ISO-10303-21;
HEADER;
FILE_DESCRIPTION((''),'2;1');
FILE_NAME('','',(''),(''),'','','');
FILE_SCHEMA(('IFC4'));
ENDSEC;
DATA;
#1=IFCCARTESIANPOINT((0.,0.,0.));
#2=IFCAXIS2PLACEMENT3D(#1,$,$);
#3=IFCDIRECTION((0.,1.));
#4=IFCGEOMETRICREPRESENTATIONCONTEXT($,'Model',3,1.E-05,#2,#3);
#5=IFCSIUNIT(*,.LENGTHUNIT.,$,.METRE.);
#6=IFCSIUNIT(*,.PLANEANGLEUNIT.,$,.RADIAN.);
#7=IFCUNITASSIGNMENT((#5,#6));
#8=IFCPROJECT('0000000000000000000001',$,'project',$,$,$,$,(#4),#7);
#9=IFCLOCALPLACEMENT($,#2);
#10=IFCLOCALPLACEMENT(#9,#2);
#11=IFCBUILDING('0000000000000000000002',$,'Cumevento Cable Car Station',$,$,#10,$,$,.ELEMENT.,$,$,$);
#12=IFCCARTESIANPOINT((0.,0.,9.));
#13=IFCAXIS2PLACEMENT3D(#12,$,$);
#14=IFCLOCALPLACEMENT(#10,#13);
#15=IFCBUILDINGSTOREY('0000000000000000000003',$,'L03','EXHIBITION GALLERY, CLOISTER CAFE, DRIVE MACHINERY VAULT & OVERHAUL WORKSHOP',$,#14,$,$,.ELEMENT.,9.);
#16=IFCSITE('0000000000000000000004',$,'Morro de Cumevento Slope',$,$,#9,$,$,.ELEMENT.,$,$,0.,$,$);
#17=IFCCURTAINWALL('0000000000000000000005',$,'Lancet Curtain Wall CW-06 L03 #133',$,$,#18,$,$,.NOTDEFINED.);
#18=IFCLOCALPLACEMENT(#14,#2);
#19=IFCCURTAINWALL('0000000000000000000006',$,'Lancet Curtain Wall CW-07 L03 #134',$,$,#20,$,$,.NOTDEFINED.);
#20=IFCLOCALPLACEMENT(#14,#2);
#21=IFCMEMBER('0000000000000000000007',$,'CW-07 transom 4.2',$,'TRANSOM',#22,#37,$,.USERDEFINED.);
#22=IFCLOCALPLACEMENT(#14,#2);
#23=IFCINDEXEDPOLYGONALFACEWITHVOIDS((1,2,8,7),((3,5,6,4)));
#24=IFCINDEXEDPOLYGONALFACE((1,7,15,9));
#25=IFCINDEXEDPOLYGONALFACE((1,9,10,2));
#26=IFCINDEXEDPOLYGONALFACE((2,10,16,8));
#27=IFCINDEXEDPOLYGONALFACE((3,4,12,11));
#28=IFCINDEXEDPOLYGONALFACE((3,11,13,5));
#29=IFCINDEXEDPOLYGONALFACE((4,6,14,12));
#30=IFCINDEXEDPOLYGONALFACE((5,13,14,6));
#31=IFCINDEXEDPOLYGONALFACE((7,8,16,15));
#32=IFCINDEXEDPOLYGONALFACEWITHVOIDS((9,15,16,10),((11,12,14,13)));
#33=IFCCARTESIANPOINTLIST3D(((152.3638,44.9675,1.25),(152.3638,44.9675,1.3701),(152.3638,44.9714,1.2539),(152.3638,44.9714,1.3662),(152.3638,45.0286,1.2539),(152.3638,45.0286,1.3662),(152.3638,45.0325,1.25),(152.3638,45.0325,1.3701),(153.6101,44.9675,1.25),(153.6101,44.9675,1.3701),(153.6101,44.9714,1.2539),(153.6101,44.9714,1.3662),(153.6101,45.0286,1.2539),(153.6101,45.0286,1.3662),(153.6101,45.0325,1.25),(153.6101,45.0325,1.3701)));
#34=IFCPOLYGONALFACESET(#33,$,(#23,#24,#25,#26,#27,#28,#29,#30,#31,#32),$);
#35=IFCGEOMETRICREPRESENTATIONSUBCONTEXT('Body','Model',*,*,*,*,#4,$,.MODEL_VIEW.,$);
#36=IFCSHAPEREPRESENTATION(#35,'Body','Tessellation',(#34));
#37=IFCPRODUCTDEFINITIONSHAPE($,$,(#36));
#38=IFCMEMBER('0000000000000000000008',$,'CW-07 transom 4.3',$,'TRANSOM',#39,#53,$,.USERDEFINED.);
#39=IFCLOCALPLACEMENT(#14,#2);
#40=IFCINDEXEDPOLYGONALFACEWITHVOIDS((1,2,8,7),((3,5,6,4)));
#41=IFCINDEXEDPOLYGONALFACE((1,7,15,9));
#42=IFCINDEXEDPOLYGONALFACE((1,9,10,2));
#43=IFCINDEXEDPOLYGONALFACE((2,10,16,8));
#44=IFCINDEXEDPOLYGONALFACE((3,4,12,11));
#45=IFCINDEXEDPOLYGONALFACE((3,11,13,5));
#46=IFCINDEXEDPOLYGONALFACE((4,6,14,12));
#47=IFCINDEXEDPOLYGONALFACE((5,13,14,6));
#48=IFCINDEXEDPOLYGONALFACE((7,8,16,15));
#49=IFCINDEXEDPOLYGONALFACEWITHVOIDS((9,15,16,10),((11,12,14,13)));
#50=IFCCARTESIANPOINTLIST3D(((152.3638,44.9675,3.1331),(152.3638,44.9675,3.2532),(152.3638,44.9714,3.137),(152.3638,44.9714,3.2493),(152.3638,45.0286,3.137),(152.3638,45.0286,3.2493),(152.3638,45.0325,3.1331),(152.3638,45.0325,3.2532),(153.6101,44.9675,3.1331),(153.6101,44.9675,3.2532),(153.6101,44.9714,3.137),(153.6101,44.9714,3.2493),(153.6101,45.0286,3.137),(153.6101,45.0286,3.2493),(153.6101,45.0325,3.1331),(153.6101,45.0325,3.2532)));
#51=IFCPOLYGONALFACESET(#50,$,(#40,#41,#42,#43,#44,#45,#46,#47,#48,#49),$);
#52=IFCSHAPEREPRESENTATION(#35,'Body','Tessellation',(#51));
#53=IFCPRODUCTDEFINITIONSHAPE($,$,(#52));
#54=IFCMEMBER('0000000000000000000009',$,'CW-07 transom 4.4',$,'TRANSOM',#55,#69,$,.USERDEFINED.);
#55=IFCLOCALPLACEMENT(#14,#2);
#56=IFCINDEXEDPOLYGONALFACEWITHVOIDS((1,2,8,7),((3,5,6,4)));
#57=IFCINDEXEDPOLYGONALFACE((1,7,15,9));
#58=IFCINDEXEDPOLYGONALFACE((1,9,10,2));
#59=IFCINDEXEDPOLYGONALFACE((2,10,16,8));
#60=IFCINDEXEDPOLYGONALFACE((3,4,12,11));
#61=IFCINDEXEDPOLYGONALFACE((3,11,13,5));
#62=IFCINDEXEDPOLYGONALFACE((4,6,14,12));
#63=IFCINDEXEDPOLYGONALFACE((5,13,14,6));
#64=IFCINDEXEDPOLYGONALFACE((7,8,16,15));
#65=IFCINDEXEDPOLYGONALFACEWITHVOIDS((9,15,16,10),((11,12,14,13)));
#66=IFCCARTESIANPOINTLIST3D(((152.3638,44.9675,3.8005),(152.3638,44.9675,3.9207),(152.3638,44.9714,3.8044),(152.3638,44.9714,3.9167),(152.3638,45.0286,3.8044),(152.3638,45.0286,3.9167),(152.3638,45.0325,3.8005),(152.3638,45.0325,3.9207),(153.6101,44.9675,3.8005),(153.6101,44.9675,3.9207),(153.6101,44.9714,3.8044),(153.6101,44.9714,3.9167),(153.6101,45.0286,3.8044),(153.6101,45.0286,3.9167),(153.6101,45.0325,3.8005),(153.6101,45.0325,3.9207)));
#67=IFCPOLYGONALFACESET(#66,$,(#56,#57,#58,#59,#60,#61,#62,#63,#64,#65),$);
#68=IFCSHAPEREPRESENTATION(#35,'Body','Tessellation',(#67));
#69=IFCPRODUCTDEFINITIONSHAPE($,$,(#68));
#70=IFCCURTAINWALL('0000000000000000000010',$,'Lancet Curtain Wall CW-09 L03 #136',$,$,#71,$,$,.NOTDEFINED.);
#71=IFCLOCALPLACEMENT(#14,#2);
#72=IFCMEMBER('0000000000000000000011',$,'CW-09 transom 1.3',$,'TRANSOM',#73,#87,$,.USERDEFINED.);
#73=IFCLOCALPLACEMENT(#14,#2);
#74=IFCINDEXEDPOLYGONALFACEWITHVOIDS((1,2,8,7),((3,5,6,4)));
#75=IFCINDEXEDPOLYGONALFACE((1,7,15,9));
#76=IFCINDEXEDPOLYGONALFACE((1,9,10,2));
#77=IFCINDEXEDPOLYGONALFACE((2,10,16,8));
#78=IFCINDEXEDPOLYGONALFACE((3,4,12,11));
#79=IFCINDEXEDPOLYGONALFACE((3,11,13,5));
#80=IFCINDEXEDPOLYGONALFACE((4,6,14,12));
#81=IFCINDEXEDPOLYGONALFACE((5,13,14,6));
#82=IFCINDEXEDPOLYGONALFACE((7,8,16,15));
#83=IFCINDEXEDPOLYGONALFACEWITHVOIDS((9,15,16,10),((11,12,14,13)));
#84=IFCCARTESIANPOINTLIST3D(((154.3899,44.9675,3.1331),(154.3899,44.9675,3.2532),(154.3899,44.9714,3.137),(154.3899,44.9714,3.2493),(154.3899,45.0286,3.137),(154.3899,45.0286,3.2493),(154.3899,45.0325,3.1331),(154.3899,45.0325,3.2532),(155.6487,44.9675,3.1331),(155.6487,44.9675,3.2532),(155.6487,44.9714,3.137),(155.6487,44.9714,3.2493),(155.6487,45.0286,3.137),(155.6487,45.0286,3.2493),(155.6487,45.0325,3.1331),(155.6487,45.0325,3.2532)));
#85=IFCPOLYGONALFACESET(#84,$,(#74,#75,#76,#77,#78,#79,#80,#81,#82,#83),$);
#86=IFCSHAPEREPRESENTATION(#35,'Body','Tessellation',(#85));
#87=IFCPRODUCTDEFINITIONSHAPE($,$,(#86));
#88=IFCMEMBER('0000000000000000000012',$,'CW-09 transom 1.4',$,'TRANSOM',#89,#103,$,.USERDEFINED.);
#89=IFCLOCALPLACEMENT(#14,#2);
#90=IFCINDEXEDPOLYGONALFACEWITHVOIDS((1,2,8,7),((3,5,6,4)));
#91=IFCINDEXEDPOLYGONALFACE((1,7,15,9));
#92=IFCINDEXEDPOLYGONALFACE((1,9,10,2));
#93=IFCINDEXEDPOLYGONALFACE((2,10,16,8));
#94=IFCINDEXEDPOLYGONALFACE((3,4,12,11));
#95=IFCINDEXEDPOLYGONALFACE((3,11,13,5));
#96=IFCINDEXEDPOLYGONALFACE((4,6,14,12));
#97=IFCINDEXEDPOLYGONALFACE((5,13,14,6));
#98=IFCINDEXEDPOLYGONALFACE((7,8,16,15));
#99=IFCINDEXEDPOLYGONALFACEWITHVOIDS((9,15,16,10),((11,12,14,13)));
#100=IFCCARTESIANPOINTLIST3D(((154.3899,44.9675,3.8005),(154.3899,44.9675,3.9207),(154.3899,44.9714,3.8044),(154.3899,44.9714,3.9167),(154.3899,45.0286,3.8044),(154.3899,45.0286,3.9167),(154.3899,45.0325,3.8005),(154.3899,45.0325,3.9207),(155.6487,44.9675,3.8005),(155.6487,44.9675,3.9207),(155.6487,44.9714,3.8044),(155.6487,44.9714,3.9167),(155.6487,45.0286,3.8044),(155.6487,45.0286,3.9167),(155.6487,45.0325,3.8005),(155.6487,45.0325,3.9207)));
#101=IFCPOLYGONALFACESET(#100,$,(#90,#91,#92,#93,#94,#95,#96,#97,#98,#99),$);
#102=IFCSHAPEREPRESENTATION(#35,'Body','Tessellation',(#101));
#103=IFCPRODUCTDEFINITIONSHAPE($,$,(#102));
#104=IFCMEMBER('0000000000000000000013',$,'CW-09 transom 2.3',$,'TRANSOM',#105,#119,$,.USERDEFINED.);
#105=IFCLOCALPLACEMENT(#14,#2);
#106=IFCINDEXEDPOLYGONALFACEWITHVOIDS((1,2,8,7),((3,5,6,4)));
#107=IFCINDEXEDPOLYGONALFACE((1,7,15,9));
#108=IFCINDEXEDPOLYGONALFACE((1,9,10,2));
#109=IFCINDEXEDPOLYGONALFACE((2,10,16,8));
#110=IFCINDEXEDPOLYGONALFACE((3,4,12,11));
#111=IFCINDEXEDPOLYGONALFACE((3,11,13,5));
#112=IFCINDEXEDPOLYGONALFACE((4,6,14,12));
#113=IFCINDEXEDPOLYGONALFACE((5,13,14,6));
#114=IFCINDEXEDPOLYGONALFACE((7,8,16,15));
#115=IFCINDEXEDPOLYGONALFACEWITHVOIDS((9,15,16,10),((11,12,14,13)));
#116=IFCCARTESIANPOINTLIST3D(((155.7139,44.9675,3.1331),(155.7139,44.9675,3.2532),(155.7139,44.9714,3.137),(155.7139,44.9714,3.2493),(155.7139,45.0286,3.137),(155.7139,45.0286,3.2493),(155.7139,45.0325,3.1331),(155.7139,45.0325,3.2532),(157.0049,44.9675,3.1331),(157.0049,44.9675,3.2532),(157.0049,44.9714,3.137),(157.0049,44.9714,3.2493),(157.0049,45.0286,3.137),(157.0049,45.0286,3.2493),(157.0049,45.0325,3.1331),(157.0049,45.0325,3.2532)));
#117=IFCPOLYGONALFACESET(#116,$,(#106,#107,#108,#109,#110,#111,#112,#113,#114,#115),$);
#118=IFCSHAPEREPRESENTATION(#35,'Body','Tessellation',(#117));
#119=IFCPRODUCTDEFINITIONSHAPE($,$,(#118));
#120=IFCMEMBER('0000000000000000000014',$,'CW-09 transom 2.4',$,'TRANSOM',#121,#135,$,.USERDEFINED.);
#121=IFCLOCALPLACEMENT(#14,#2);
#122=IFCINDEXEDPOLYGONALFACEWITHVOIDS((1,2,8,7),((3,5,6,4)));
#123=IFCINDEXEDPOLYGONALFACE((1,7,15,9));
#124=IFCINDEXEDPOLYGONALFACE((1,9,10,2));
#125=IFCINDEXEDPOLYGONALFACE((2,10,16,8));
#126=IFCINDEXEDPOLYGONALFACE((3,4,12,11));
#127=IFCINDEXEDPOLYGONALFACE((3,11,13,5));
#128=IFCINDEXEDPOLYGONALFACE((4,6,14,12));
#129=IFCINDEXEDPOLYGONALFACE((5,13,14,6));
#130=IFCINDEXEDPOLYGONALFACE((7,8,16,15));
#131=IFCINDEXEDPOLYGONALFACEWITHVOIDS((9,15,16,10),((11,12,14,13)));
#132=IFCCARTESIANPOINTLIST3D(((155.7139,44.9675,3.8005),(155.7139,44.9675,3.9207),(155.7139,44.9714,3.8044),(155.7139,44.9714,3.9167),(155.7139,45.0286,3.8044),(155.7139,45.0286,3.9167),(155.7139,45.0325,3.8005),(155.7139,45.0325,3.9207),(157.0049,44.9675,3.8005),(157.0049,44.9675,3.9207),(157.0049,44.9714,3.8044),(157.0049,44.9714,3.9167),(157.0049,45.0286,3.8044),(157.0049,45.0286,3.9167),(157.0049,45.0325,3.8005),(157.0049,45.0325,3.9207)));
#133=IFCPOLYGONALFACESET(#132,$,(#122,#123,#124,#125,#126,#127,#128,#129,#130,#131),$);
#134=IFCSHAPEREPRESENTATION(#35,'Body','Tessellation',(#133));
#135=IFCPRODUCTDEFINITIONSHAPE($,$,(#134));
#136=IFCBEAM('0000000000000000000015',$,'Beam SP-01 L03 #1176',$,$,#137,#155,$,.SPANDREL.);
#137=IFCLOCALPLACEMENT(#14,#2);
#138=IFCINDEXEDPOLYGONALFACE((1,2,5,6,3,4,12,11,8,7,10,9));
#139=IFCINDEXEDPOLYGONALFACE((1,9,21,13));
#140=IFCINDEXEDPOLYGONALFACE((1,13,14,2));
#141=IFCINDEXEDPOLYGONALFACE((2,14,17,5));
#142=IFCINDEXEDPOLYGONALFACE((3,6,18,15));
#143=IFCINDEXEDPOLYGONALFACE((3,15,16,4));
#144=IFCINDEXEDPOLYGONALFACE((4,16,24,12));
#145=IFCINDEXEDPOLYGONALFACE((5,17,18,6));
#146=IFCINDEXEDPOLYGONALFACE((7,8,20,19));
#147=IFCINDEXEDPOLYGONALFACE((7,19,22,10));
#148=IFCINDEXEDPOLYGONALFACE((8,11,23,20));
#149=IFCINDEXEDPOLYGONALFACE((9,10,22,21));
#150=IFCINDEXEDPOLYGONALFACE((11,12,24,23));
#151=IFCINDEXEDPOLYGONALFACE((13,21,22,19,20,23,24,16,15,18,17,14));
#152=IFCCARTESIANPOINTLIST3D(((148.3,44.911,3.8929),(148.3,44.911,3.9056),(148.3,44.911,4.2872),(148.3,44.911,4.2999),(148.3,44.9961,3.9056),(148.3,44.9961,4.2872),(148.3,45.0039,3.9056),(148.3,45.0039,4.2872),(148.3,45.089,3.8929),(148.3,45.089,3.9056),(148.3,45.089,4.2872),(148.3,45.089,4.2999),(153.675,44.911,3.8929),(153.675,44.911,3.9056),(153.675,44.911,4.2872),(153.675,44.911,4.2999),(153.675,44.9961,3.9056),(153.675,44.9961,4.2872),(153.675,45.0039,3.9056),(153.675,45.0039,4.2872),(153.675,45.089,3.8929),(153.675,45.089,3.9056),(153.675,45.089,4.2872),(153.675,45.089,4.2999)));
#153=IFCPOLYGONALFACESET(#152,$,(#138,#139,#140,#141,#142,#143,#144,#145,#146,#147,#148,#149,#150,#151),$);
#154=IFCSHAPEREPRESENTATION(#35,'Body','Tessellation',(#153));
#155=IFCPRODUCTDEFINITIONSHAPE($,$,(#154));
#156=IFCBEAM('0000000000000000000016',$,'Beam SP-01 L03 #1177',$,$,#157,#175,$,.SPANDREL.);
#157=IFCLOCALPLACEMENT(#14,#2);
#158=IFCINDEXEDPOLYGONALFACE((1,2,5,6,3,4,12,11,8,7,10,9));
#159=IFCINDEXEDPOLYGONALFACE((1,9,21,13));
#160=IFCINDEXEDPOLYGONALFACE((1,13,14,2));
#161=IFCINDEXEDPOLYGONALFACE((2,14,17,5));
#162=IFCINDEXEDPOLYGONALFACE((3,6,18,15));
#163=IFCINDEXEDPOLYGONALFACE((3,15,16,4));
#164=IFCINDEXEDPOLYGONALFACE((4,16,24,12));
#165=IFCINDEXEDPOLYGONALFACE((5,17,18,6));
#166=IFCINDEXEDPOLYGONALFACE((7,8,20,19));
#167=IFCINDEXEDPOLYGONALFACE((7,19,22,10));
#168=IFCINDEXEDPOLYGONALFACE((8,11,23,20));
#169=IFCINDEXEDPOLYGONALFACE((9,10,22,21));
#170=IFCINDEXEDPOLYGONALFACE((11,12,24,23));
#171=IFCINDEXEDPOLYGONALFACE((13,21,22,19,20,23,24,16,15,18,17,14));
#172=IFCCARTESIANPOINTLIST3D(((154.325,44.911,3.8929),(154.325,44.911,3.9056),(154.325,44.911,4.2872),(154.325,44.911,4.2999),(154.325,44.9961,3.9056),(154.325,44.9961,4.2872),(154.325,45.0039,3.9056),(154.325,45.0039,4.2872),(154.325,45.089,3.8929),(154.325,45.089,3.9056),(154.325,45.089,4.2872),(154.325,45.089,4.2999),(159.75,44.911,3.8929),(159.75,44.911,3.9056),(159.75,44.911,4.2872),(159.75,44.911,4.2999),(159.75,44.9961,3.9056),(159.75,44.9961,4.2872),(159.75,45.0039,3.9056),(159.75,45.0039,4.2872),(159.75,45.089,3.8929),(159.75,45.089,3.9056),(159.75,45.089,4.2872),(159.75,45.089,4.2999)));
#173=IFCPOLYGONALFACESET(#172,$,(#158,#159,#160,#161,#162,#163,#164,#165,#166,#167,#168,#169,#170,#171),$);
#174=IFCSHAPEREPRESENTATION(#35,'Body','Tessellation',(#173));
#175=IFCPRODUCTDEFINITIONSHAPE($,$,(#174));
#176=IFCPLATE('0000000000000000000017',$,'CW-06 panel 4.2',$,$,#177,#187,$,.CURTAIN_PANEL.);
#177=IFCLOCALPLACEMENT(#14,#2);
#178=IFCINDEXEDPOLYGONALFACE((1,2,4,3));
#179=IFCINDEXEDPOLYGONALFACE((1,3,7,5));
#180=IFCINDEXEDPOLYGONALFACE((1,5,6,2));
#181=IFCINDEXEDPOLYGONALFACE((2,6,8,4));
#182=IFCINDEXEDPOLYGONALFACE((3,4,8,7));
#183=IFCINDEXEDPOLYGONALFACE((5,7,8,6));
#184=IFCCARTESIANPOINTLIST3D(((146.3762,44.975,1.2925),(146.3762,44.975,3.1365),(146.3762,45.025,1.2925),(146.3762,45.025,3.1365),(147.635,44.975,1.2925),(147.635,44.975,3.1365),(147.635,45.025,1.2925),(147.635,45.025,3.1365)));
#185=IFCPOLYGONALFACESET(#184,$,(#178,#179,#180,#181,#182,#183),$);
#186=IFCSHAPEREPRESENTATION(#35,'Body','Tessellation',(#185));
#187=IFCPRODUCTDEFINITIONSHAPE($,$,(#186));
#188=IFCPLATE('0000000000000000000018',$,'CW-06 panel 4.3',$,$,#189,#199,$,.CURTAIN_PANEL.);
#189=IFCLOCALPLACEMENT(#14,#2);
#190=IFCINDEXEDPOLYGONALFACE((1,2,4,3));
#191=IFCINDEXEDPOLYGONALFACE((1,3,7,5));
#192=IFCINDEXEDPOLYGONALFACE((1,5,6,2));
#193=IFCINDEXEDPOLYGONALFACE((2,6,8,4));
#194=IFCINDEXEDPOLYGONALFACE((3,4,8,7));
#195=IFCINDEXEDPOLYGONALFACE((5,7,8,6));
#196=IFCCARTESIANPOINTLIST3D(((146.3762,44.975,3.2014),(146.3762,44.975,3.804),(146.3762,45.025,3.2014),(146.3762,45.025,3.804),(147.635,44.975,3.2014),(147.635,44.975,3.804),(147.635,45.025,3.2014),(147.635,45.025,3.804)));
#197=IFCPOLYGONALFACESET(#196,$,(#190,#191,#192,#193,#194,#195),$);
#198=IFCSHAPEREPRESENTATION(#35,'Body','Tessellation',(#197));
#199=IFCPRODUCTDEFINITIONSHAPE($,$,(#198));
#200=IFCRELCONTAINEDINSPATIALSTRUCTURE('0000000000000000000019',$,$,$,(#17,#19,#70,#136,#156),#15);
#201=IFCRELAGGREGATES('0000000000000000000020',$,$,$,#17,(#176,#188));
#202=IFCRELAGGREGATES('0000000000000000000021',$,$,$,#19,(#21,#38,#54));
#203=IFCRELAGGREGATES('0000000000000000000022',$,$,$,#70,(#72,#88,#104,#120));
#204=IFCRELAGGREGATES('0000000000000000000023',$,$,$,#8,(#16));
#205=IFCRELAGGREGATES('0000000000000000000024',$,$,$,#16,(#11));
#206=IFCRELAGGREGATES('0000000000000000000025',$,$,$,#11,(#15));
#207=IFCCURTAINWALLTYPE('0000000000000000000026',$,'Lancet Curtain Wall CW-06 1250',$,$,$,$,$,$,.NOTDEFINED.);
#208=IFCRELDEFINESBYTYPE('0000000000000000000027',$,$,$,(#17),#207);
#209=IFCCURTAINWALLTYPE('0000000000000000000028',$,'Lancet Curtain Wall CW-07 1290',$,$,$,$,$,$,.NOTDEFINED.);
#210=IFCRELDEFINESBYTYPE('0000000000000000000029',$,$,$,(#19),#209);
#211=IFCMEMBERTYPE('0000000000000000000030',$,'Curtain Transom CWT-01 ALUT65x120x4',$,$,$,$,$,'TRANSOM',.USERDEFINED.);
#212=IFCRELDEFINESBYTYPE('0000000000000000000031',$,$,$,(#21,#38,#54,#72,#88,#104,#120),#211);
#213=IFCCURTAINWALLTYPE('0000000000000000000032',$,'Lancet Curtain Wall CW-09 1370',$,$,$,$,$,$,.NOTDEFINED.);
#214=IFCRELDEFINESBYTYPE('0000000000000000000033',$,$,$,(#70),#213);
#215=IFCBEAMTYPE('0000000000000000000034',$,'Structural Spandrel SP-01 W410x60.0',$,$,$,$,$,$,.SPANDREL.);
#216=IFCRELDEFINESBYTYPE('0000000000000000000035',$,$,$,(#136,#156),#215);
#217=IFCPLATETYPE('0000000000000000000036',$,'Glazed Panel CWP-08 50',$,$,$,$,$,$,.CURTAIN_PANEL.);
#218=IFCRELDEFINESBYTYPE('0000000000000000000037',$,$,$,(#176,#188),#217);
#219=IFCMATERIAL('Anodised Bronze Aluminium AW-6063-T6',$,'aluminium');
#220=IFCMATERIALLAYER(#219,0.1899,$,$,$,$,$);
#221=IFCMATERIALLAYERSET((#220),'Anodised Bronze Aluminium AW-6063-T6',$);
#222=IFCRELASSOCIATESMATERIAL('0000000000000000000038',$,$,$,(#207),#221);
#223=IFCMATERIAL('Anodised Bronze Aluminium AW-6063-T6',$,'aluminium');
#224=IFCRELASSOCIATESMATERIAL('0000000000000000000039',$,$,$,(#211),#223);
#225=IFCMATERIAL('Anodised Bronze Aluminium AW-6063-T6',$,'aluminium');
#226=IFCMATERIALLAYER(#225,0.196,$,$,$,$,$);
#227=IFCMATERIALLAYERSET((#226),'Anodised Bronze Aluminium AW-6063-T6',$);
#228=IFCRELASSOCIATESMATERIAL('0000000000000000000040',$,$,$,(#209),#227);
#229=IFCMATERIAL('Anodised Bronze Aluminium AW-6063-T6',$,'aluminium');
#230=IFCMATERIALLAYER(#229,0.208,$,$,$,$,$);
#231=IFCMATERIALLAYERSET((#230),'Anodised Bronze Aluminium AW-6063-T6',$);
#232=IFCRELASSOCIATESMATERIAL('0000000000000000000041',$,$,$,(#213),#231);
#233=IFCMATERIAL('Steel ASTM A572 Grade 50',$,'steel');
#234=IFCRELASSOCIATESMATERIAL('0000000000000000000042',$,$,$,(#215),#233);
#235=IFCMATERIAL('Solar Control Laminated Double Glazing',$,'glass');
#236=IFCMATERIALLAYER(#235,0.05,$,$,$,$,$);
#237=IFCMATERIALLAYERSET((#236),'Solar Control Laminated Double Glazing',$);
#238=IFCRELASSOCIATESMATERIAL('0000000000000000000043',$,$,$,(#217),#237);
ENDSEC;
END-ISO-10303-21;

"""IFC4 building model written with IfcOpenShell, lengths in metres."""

from ifc_helpers import new_model, si_unit, direction, frame, origin, origin_2d, place, context, subcontext, project, spatial, rectangle, hollow_rectangle, i_section, extrude, material, layer, layer_set, material_profile, profile_set, type_object, element, aggregate, save


model = new_model("IFC4")

# Units and contexts
model_context = context("Model", 3, precision=1e-05, world=origin(), true_north=direction((0.0, 1.0)))
body_context = subcontext(model_context, "Body", "Model", "MODEL_VIEW")
ifc_project = project(units=[si_unit("LENGTHUNIT", "METRE"), si_unit("PLANEANGLEUNIT", "RADIAN")], contexts=[model_context])

# Site, building, storey
site_placement = place(None, origin())
site = spatial("IfcSite", under=ifc_project, at=site_placement, Name="Morro de Cumevento Slope", CompositionType="ELEMENT", RefElevation=0.0)
building_placement = place(site_placement, origin())
building = spatial("IfcBuilding", under=site, at=building_placement, Name="Cumevento Cable Car Station", CompositionType="ELEMENT")
storey_placement = place(building_placement, frame((0.0, 0.0, 9.0)))
storey = spatial("IfcBuildingStorey", under=building, at=storey_placement, Name="L03", Description="EXHIBITION GALLERY, CLOISTER CAFE, DRIVE MACHINERY VAULT & OVERHAUL WORKSHOP", CompositionType="ELEMENT", Elevation=9.0)

# Curtain walls, members
ifc_material_1 = material(Name="Anodised Bronze Aluminium AW-6063-T6", Category="aluminium")
ifc_layer_1 = layer(ifc_material_1, 0.1899)
ifc_layer_set_1 = layer_set([ifc_layer_1], Name="Anodised Bronze Aluminium AW-6063-T6")
curtain_wall_type_1 = type_object("IfcCurtainWallType", Name="Lancet Curtain Wall CW-06 1250", PredefinedType="NOTDEFINED", material=ifc_layer_set_1)
curtain_wall_1_placement = place(storey_placement, origin())
curtain_wall_1 = element("IfcCurtainWall", 1, at=curtain_wall_1_placement, inside=storey, type_object=curtain_wall_type_1, Name="Lancet Curtain Wall CW-06 L03 #133", PredefinedType="NOTDEFINED")
ifc_material_2 = material(Name="Anodised Bronze Aluminium AW-6063-T6", Category="aluminium")
ifc_material_profile_1 = material_profile(ifc_material_2, hollow_rectangle(XDim=0.0649, YDim=0.1201, WallThickness=0.0039, at=origin_2d()), Name="ALUT65x120x4")
ifc_profile_set_1 = profile_set([ifc_material_profile_1], Name="Anodised Bronze Aluminium AW-6063-T6")
member_type = type_object("IfcMemberType", Name="Curtain Transom CWT-01 ALUT65x120x4", ElementType="TRANSOM", PredefinedType="USERDEFINED", material=ifc_profile_set_1)
ifc_material_3 = material(Name="Anodised Bronze Aluminium AW-6063-T6", Category="aluminium")
ifc_layer_2 = layer(ifc_material_3, 0.196)
ifc_layer_set_2 = layer_set([ifc_layer_2], Name="Anodised Bronze Aluminium AW-6063-T6")
curtain_wall_type_2 = type_object("IfcCurtainWallType", Name="Lancet Curtain Wall CW-07 1290", PredefinedType="NOTDEFINED", material=ifc_layer_set_2)
curtain_wall_2_placement = place(storey_placement, origin())
curtain_wall_2 = element("IfcCurtainWall", 2, at=curtain_wall_2_placement, inside=storey, type_object=curtain_wall_type_2, Name="Lancet Curtain Wall CW-07 L03 #134", PredefinedType="NOTDEFINED")
member_1_placement = place(storey_placement, frame((152.3638, 45.0, 1.3101), z_axis=(1.0, 0.0, 0.0), x_axis=(0.0, 1.0, 0.0)))
member_1 = element("IfcMember", 3, at=member_1_placement, type_object=member_type, Name="CW-07 transom 4.2", ObjectType="TRANSOM", PredefinedType="USERDEFINED", context=body_context, shape_type="SweptSolid", body=[
    extrude(hollow_rectangle(XDim=0.0649, YDim=0.1201, WallThickness=0.0039, at=origin_2d()), origin(), (0.0, 0.0, 1.0), 1.2463),
])
member_2_placement = place(storey_placement, frame((152.3638, 45.0, 3.1931), z_axis=(1.0, 0.0, 0.0), x_axis=(0.0, 1.0, 0.0)))
member_2 = element("IfcMember", 4, at=member_2_placement, type_object=member_type, Name="CW-07 transom 4.3", ObjectType="TRANSOM", PredefinedType="USERDEFINED", context=body_context, shape_type="SweptSolid", body=[
    extrude(hollow_rectangle(XDim=0.0649, YDim=0.1201, WallThickness=0.0039, at=origin_2d()), origin(), (0.0, 0.0, 1.0), 1.2463),
])
member_3_placement = place(storey_placement, frame((152.3638, 45.0, 3.8606), z_axis=(1.0, 0.0, 0.0), x_axis=(0.0, 1.0, 0.0)))
member_3 = element("IfcMember", 5, at=member_3_placement, type_object=member_type, Name="CW-07 transom 4.4", ObjectType="TRANSOM", PredefinedType="USERDEFINED", context=body_context, shape_type="SweptSolid", body=[
    extrude(hollow_rectangle(XDim=0.0649, YDim=0.1201, WallThickness=0.0039, at=origin_2d()), origin(), (0.0, 0.0, 1.0), 1.2463),
])
ifc_material_4 = material(Name="Anodised Bronze Aluminium AW-6063-T6", Category="aluminium")
ifc_layer_3 = layer(ifc_material_4, 0.208)
ifc_layer_set_3 = layer_set([ifc_layer_3], Name="Anodised Bronze Aluminium AW-6063-T6")
curtain_wall_type_3 = type_object("IfcCurtainWallType", Name="Lancet Curtain Wall CW-09 1370", PredefinedType="NOTDEFINED", material=ifc_layer_set_3)
curtain_wall_3_placement = place(storey_placement, origin())
curtain_wall_3 = element("IfcCurtainWall", 6, at=curtain_wall_3_placement, inside=storey, type_object=curtain_wall_type_3, Name="Lancet Curtain Wall CW-09 L03 #136", PredefinedType="NOTDEFINED")
member_4_placement = place(storey_placement, frame((154.3899, 45.0, 3.1931), z_axis=(1.0, 0.0, 0.0), x_axis=(0.0, 1.0, 0.0)))
member_4 = element("IfcMember", 7, at=member_4_placement, type_object=member_type, Name="CW-09 transom 1.3", ObjectType="TRANSOM", PredefinedType="USERDEFINED", context=body_context, shape_type="SweptSolid", body=[
    extrude(hollow_rectangle(XDim=0.0649, YDim=0.1201, WallThickness=0.0039, at=origin_2d()), origin(), (0.0, 0.0, 1.0), 1.2588),
])
member_5_placement = place(storey_placement, frame((154.3899, 45.0, 3.8606), z_axis=(1.0, 0.0, 0.0), x_axis=(0.0, 1.0, 0.0)))
member_5 = element("IfcMember", 8, at=member_5_placement, type_object=member_type, Name="CW-09 transom 1.4", ObjectType="TRANSOM", PredefinedType="USERDEFINED", context=body_context, shape_type="SweptSolid", body=[
    extrude(hollow_rectangle(XDim=0.0649, YDim=0.1201, WallThickness=0.0039, at=origin_2d()), origin(), (0.0, 0.0, 1.0), 1.2588),
])
member_6_placement = place(storey_placement, frame((155.7139, 45.0, 3.1931), z_axis=(1.0, 0.0, 0.0), x_axis=(0.0, 1.0, 0.0)))
member_6 = element("IfcMember", 9, at=member_6_placement, type_object=member_type, Name="CW-09 transom 2.3", ObjectType="TRANSOM", PredefinedType="USERDEFINED", context=body_context, shape_type="SweptSolid", body=[
    extrude(hollow_rectangle(XDim=0.0649, YDim=0.1201, WallThickness=0.0039, at=origin_2d()), origin(), (0.0, 0.0, 1.0), 1.291),
])
member_7_placement = place(storey_placement, frame((155.7139, 45.0, 3.8606), z_axis=(1.0, 0.0, 0.0), x_axis=(0.0, 1.0, 0.0)))
member_7 = element("IfcMember", 10, at=member_7_placement, type_object=member_type, Name="CW-09 transom 2.4", ObjectType="TRANSOM", PredefinedType="USERDEFINED", context=body_context, shape_type="SweptSolid", body=[
    extrude(hollow_rectangle(XDim=0.0649, YDim=0.1201, WallThickness=0.0039, at=origin_2d()), origin(), (0.0, 0.0, 1.0), 1.291),
])

# Beams
ifc_material_5 = material(Name="Steel ASTM A572 Grade 50", Category="steel")
ifc_material_profile_2 = material_profile(ifc_material_5, i_section(OverallWidth=0.178, OverallDepth=0.407, WebThickness=0.0078, FlangeThickness=0.0127, at=origin_2d()), Name="W410x60.0")
ifc_profile_set_2 = profile_set([ifc_material_profile_2], Name="Steel ASTM A572 Grade 50")
beam_type = type_object("IfcBeamType", Name="Structural Spandrel SP-01 W410x60.0", PredefinedType="SPANDREL", material=ifc_profile_set_2)
beam_1_placement = place(storey_placement, frame((148.3, 45.0, 4.0964), z_axis=(1.0, 0.0, 0.0), x_axis=(0.0, 1.0, 0.0)))
element("IfcBeam", 11, at=beam_1_placement, inside=storey, type_object=beam_type, Name="Beam SP-01 L03 #1176", PredefinedType="SPANDREL", context=body_context, shape_type="SweptSolid", body=[
    extrude(i_section(OverallWidth=0.178, OverallDepth=0.407, WebThickness=0.0078, FlangeThickness=0.0127, at=origin_2d()), origin(), (0.0, 0.0, 1.0), 5.375),
])
beam_2_placement = place(storey_placement, frame((154.325, 45.0, 4.0964), z_axis=(1.0, 0.0, 0.0), x_axis=(0.0, 1.0, 0.0)))
element("IfcBeam", 12, at=beam_2_placement, inside=storey, type_object=beam_type, Name="Beam SP-01 L03 #1177", PredefinedType="SPANDREL", context=body_context, shape_type="SweptSolid", body=[
    extrude(i_section(OverallWidth=0.178, OverallDepth=0.407, WebThickness=0.0078, FlangeThickness=0.0127, at=origin_2d()), origin(), (0.0, 0.0, 1.0), 5.425),
])

# Plates
ifc_material_6 = material(Name="Solar Control Laminated Double Glazing", Category="glass")
ifc_layer_4 = layer(ifc_material_6, 0.05)
ifc_layer_set_4 = layer_set([ifc_layer_4], Name="Solar Control Laminated Double Glazing")
plate_type_1 = type_object("IfcPlateType", Name="Glazed Panel CWP-08 50", PredefinedType="CURTAIN_PANEL", material=ifc_layer_set_4)
plate_1_placement = place(storey_placement, frame((147.0056, 45.0, 1.2925), z_axis=(0.0, 0.0, 1.0), x_axis=(1.0, 0.0, 0.0)))
plate_1 = element("IfcPlate", 13, at=plate_1_placement, type_object=plate_type_1, Name="CW-06 panel 4.2", PredefinedType="CURTAIN_PANEL", context=body_context, shape_type="SweptSolid", body=[
    extrude(rectangle(XDim=1.2588, YDim=0.05, at=origin_2d()), origin(), (0.0, 0.0, 1.0), 1.844),
])
plate_2_placement = place(storey_placement, frame((147.0056, 45.0, 3.2014), z_axis=(0.0, 0.0, 1.0), x_axis=(1.0, 0.0, 0.0)))
plate_2 = element("IfcPlate", 14, at=plate_2_placement, type_object=plate_type_1, Name="CW-06 panel 4.3", PredefinedType="CURTAIN_PANEL", context=body_context, shape_type="SweptSolid", body=[
    extrude(rectangle(XDim=1.2588, YDim=0.05, at=origin_2d()), origin(), (0.0, 0.0, 1.0), 0.6025),
])
aggregate(curtain_wall_1, [plate_1, plate_2])
aggregate(curtain_wall_2, [member_1, member_2, member_3])
aggregate(curtain_wall_3, [member_4, member_5, member_6, member_7])

save(model, "model.ifc")
